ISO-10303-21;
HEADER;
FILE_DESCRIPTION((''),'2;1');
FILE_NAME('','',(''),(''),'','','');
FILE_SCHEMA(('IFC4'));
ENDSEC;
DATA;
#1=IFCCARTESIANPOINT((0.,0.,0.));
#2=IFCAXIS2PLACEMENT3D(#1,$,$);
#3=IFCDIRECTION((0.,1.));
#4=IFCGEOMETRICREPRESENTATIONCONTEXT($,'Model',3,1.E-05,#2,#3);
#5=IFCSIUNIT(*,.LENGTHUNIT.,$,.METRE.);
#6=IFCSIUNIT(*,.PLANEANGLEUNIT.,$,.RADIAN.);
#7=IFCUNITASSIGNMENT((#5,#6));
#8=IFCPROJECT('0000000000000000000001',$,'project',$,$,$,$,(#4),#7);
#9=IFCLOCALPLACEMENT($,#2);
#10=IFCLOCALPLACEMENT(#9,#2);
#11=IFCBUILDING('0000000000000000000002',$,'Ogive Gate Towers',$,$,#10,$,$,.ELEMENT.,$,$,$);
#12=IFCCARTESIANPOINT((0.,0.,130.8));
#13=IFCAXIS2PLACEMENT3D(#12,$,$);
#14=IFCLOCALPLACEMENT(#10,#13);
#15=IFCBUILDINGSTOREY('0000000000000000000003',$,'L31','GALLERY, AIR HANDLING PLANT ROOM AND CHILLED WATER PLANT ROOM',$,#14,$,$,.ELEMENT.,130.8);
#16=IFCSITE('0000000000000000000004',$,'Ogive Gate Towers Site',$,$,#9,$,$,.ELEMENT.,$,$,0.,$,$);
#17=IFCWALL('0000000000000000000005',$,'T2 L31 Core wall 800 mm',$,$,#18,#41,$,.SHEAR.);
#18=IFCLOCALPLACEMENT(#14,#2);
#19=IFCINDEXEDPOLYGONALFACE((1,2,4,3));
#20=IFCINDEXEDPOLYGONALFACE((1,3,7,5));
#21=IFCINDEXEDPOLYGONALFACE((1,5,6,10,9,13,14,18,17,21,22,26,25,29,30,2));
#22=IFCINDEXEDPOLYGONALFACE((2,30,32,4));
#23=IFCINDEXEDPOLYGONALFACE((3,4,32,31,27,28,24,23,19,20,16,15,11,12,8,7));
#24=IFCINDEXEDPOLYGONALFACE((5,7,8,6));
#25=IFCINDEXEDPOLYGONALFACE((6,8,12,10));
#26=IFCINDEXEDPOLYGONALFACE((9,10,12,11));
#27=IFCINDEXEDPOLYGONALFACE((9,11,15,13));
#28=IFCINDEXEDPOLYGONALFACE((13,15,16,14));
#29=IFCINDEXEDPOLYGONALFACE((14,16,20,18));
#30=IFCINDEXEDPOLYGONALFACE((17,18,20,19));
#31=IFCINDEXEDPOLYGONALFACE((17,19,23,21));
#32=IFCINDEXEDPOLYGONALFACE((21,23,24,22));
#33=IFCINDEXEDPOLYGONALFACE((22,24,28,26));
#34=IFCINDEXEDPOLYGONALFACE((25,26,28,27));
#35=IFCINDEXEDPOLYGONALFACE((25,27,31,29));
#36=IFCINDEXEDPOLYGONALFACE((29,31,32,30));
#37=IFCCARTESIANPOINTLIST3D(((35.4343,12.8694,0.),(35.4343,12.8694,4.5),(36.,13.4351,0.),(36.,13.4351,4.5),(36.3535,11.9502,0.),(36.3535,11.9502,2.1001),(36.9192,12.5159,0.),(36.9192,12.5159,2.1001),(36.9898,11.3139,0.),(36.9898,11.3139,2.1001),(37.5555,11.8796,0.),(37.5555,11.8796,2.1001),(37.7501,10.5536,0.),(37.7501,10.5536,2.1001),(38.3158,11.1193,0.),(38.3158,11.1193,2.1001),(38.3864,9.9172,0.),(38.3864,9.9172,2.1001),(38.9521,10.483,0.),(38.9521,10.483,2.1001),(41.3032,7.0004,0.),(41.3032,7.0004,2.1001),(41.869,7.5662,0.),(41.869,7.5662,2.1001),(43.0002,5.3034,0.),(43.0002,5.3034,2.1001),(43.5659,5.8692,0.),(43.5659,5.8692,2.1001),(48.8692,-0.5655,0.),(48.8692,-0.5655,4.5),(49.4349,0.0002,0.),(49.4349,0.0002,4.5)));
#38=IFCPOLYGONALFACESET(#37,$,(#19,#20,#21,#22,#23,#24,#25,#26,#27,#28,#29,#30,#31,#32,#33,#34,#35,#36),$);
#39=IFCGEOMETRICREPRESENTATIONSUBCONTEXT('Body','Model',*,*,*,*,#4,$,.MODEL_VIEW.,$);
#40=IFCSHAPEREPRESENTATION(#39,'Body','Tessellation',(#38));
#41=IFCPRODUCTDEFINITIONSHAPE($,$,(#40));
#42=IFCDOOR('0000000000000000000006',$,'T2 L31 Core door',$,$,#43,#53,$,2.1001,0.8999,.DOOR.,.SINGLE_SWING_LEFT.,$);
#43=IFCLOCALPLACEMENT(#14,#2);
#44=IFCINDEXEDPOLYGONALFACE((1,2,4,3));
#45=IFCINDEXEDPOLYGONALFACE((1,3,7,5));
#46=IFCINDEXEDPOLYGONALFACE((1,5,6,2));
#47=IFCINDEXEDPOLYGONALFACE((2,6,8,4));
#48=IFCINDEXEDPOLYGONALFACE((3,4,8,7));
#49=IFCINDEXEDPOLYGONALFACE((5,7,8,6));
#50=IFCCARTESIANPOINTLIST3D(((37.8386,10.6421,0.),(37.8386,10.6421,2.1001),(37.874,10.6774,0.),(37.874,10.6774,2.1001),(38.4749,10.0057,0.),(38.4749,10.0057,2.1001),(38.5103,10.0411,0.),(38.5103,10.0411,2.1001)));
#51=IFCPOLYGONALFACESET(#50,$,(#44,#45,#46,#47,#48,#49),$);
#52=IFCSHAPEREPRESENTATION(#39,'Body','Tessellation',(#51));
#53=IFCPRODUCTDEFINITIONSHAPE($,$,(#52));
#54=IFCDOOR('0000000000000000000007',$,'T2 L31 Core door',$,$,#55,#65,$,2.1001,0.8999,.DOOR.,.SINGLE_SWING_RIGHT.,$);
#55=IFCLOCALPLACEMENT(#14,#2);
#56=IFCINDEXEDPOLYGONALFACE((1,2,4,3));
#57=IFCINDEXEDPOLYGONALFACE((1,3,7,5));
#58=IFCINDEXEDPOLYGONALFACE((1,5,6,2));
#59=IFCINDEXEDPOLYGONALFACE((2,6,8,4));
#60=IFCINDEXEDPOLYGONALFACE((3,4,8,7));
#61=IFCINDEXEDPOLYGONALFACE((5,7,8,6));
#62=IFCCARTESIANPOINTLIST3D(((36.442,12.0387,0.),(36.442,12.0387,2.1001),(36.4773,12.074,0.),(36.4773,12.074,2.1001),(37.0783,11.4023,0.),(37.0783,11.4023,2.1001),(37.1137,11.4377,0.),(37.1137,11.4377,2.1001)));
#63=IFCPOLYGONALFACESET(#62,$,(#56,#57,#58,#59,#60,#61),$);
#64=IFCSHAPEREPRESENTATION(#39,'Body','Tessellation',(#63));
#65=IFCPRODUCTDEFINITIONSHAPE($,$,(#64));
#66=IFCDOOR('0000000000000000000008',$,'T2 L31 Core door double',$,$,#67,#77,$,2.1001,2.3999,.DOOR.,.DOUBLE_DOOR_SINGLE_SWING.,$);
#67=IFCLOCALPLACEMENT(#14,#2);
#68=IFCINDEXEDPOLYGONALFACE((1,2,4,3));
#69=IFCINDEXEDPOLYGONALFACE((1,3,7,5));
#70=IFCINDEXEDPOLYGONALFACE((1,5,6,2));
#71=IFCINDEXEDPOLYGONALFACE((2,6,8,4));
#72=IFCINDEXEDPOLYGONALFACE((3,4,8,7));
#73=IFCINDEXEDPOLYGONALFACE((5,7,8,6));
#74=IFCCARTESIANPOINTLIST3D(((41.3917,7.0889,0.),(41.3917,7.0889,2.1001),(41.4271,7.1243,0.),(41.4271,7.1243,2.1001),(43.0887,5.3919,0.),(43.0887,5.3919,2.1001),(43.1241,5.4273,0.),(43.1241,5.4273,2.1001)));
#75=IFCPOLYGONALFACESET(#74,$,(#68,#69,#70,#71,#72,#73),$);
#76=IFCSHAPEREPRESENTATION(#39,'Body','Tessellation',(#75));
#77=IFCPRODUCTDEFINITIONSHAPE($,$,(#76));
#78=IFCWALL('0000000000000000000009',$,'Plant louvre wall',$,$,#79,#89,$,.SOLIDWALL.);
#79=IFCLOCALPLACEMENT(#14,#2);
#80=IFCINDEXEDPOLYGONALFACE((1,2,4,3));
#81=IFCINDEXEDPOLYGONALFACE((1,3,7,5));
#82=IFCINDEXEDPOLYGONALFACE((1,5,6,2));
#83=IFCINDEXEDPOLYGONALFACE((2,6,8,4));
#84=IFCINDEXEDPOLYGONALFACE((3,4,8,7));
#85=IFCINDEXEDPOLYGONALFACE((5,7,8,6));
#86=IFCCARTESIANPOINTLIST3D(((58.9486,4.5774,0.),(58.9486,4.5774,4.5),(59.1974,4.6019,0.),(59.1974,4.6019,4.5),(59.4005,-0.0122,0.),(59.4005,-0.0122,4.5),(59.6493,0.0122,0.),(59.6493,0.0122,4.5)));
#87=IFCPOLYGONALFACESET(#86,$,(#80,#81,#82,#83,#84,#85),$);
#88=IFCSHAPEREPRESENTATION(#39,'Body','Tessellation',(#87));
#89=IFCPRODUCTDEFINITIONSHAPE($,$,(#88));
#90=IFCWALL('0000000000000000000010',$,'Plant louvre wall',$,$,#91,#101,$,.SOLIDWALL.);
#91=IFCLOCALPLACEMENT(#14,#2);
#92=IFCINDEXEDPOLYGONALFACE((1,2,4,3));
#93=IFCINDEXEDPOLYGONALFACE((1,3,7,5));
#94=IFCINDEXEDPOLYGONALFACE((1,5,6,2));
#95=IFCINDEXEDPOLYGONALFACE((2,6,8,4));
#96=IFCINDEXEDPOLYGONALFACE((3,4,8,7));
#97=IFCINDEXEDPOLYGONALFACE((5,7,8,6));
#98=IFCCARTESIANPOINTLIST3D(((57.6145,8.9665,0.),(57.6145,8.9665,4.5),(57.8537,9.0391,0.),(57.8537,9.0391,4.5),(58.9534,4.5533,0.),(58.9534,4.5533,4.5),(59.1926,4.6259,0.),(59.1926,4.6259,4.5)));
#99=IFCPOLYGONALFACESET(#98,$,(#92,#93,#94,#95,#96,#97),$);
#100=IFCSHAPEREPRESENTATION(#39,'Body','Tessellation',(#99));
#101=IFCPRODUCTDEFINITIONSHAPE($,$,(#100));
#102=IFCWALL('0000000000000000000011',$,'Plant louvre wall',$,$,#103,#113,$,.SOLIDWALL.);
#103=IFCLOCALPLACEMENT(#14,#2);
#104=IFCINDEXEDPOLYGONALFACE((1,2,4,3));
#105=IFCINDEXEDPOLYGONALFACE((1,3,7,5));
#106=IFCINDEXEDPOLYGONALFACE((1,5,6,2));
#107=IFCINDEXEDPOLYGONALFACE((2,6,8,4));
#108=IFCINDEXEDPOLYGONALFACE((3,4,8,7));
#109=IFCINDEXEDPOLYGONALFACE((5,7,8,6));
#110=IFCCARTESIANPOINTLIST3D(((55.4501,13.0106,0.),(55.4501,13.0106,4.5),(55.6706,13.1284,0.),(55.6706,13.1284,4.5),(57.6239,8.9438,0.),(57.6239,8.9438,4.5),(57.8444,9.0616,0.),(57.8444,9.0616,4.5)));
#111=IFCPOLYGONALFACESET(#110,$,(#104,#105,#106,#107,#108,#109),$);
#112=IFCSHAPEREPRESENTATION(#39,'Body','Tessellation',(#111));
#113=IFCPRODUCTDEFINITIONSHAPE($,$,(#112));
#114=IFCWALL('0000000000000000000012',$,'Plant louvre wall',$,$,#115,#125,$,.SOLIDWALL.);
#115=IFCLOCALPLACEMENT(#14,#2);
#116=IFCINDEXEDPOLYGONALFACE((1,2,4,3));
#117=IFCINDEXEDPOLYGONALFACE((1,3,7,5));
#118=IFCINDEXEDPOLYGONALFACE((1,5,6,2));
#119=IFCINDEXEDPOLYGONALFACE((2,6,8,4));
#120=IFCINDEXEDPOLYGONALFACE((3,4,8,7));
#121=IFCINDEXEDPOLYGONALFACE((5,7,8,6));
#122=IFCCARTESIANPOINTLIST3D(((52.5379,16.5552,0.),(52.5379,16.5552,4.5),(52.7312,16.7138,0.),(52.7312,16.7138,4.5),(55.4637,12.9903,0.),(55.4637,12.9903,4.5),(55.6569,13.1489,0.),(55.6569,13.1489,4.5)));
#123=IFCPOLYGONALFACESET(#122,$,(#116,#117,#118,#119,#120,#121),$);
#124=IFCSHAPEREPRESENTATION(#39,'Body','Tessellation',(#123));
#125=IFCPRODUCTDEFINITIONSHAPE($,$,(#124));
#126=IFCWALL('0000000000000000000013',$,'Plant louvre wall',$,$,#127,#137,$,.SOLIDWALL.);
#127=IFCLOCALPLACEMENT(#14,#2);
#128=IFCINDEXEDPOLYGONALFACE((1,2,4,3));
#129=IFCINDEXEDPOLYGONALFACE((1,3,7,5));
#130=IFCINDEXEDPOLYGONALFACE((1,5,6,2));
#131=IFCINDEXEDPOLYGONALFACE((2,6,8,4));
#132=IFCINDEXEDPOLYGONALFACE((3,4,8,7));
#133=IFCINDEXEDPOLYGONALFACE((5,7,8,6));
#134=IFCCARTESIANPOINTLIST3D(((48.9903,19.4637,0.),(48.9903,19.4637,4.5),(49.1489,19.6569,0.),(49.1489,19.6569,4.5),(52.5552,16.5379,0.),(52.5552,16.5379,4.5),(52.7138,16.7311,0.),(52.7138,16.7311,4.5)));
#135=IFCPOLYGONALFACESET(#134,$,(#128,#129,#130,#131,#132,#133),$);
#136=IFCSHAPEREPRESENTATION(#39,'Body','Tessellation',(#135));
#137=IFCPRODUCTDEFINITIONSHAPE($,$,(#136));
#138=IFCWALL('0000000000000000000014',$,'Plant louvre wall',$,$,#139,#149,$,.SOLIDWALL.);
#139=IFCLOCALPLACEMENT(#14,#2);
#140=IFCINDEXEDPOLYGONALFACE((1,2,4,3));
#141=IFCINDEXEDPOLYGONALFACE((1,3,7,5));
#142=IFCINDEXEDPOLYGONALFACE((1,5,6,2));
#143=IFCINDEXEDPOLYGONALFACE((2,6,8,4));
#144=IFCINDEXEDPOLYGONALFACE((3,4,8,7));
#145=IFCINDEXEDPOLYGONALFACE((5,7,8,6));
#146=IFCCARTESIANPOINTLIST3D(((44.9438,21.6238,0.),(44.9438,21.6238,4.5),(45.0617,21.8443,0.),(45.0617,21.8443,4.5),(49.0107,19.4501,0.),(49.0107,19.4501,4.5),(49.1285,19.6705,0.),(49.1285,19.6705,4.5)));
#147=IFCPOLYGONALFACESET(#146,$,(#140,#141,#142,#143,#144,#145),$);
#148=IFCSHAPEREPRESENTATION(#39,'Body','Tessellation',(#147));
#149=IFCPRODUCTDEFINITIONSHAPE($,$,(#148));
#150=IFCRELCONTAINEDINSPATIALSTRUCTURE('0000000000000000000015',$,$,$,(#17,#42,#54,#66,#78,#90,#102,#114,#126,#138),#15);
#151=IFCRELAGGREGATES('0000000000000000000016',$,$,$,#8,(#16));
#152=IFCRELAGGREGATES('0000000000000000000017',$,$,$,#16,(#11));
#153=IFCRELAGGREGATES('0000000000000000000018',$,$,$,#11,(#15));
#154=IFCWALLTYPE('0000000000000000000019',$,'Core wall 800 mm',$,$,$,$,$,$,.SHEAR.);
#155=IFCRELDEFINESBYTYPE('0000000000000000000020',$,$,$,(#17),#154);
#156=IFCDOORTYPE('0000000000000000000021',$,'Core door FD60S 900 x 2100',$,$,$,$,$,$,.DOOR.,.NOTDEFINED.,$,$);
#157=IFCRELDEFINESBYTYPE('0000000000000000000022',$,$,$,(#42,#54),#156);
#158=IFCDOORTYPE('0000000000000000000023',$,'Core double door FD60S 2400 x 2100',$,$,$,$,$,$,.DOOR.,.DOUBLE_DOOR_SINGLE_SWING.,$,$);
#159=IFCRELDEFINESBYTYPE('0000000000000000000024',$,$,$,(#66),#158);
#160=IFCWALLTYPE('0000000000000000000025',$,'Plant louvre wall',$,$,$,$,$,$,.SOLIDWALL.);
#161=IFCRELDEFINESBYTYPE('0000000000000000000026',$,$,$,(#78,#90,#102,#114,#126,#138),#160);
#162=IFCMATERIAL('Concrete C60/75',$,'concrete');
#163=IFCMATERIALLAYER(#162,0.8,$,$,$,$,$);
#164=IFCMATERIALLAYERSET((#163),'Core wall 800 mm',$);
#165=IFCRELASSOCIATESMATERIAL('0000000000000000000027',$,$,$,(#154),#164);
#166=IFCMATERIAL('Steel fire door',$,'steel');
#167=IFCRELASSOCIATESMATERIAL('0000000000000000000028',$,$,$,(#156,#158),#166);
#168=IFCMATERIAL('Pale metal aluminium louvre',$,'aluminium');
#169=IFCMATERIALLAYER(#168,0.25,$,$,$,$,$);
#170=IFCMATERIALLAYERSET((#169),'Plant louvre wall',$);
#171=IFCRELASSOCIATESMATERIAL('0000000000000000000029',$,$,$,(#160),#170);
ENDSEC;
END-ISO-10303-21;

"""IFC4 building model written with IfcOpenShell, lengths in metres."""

from ifc_helpers import new_model, si_unit, direction, frame, frame_2d, origin, place, context, subcontext, project, spatial, rectangle, extrude, material, layer, layer_set, type_object, element, fill, save


model = new_model("IFC4")

# Units and contexts
model_context = context("Model", 3, precision=1e-05, world=origin(), true_north=direction((0.0, 1.0)))
body_context = subcontext(model_context, "Body", "Model", "MODEL_VIEW")
ifc_project = project(units=[si_unit("LENGTHUNIT", "METRE"), si_unit("PLANEANGLEUNIT", "RADIAN")], contexts=[model_context])

# Site, building, storey
site_placement = place(None, origin())
site = spatial("IfcSite", under=ifc_project, at=site_placement, Name="Ogive Gate Towers Site", CompositionType="ELEMENT", RefElevation=0.0)
building_placement = place(site_placement, origin())
building = spatial("IfcBuilding", under=site, at=building_placement, Name="Ogive Gate Towers", CompositionType="ELEMENT")
storey_placement = place(building_placement, frame((0.0, 0.0, 130.8)))
storey = spatial("IfcBuildingStorey", under=building, at=storey_placement, Name="L31", Description="GALLERY, AIR HANDLING PLANT ROOM AND CHILLED WATER PLANT ROOM", CompositionType="ELEMENT", Elevation=130.8)

# Shared definitions
ifc_material_1 = material(Name="Steel fire door", Category="steel")

# Wall, openings, doors
ifc_material_2 = material(Name="Concrete C60/75", Category="concrete")
ifc_layer_1 = layer(ifc_material_2, 0.8)
ifc_layer_set_1 = layer_set([ifc_layer_1], Name="Core wall 800 mm")
wall_type_1 = type_object("IfcWallType", Name="Core wall 800 mm", PredefinedType="SHEAR", material=ifc_layer_set_1)
wall_1_placement = place(storey_placement, frame((49.1521, -0.2827, 0.0), z_axis=(0.0, 0.0, 1.0), x_axis=(-0.707107, 0.707107, 0.0)))
wall_1 = element("IfcWall", 1, at=wall_1_placement, inside=storey, type_object=wall_type_1, Name="T2 L31 Core wall 800 mm", PredefinedType="SHEAR", context=body_context, shape_type="SweptSolid", body=[
    extrude(rectangle(XDim=18.9998, YDim=0.8, at=frame_2d((9.5, 0.0))), origin(), (0.0, 0.0, 1.0), 4.5),
])
opening_1_placement = place(wall_1_placement, frame((8.3, 0.0, 0.0)))
opening_1 = element("IfcOpeningElement", 2, at=opening_1_placement, cuts=wall_1, PredefinedType="OPENING", context=body_context, shape_type="SweptSolid", body=[
    extrude(rectangle(XDim=2.3999, YDim=2.1001, at=frame_2d((1.2, 1.05))), frame((0.0, 0.4102, 0.0), z_axis=(0.0, -1.0, 0.0), x_axis=(1.0, 0.0, 0.0)), (0.0, 0.0, 1.0), 0.8201),
])
opening_2_placement = place(wall_1_placement, frame((14.825, 0.0, 0.0)))
opening_2 = element("IfcOpeningElement", 3, at=opening_2_placement, cuts=wall_1, PredefinedType="OPENING", context=body_context, shape_type="SweptSolid", body=[
    extrude(rectangle(XDim=0.8999, YDim=2.1001, at=frame_2d((0.45, 1.05))), frame((0.0, 0.4102, 0.0), z_axis=(0.0, -1.0, 0.0), x_axis=(1.0, 0.0, 0.0)), (0.0, 0.0, 1.0), 0.8201),
])
opening_3_placement = place(wall_1_placement, frame((16.8, 0.0, 0.0)))
opening_3 = element("IfcOpeningElement", 4, at=opening_3_placement, cuts=wall_1, PredefinedType="OPENING", context=body_context, shape_type="SweptSolid", body=[
    extrude(rectangle(XDim=0.8999, YDim=2.1001, at=frame_2d((0.45, 1.05))), frame((0.0, 0.4102, 0.0), z_axis=(0.0, -1.0, 0.0), x_axis=(1.0, 0.0, 0.0)), (0.0, 0.0, 1.0), 0.8201),
])
door_type_1 = type_object("IfcDoorType", Name="Core door FD60S 900 x 2100", OperationType="NOTDEFINED", PredefinedType="DOOR", material=ifc_material_1)
door_1_placement = place(opening_2_placement, origin())
door_1 = element("IfcDoor", 5, at=door_1_placement, inside=storey, type_object=door_type_1, Name="T2 L31 Core door", OperationType="SINGLE_SWING_LEFT", OverallHeight=2.1001, OverallWidth=0.8999, PredefinedType="DOOR", context=body_context, shape_type="SweptSolid", body=[
    extrude(rectangle(XDim=0.8999, YDim=2.1001, at=frame_2d((0.45, 1.05))), frame((0.0, 0.2749, 0.0), z_axis=(0.0, -1.0, 0.0), x_axis=(1.0, 0.0, 0.0)), (0.0, 0.0, 1.0), 0.05),
])
fill(opening_2, door_1)
door_2_placement = place(opening_3_placement, origin())
door_2 = element("IfcDoor", 6, at=door_2_placement, inside=storey, type_object=door_type_1, Name="T2 L31 Core door", OperationType="SINGLE_SWING_RIGHT", OverallHeight=2.1001, OverallWidth=0.8999, PredefinedType="DOOR", context=body_context, shape_type="SweptSolid", body=[
    extrude(rectangle(XDim=0.8999, YDim=2.1001, at=frame_2d((0.45, 1.05))), frame((0.0, 0.2749, 0.0), z_axis=(0.0, -1.0, 0.0), x_axis=(1.0, 0.0, 0.0)), (0.0, 0.0, 1.0), 0.05),
])
fill(opening_3, door_2)
door_type_2 = type_object("IfcDoorType", Name="Core double door FD60S 2400 x 2100", OperationType="DOUBLE_DOOR_SINGLE_SWING", PredefinedType="DOOR", material=ifc_material_1)
door_3_placement = place(opening_1_placement, origin())
door_3 = element("IfcDoor", 7, at=door_3_placement, inside=storey, type_object=door_type_2, Name="T2 L31 Core door double", OperationType="DOUBLE_DOOR_SINGLE_SWING", OverallHeight=2.1001, OverallWidth=2.3999, PredefinedType="DOOR", context=body_context, shape_type="SweptSolid", body=[
    extrude(rectangle(XDim=2.3999, YDim=2.1001, at=frame_2d((1.2, 1.05))), frame((0.0, 0.2749, 0.0), z_axis=(0.0, -1.0, 0.0), x_axis=(1.0, 0.0, 0.0)), (0.0, 0.0, 1.0), 0.05),
])
fill(opening_1, door_3)

# Walls
ifc_material_3 = material(Name="Pale metal aluminium louvre", Category="aluminium")
ifc_layer_2 = layer(ifc_material_3, 0.25)
ifc_layer_set_2 = layer_set([ifc_layer_2], Name="Plant louvre wall")
wall_type_2 = type_object("IfcWallType", Name="Plant louvre wall", PredefinedType="SOLIDWALL", material=ifc_layer_set_2)
for number, where, z_axis, x_axis, name in (
    (8, (59.5249, 0.0, 0.0), (0.0, 0.0, 1.0), (-0.097989, 0.995188, 0.0), "Plant louvre wall"),
    (9, (59.073, 4.5896, 0.0), (0.0, 0.0, 1.0), (-0.290319, 0.95693, 0.0), "Plant louvre wall"),
):
    element("IfcWall", number, at=place(storey_placement, frame(where, z_axis=z_axis, x_axis=x_axis)), inside=storey, type_object=wall_type_2, Name=name, PredefinedType="SOLIDWALL", context=body_context, shape_type="SweptSolid", body=[
        extrude(rectangle(XDim=4.6118, YDim=0.25, at=frame_2d((2.3059, 0.0))), origin(), (0.0, 0.0, 1.0), 4.5),
    ])
wall_2_placement = place(storey_placement, frame((57.7341, 9.0027, 0.0), z_axis=(0.0, 0.0, 1.0), x_axis=(-0.471401, 0.881919, 0.0)))
element("IfcWall", 10, at=wall_2_placement, inside=storey, type_object=wall_type_2, Name="Plant louvre wall", PredefinedType="SOLIDWALL", context=body_context, shape_type="SweptSolid", body=[
    extrude(rectangle(XDim=4.6113, YDim=0.25, at=frame_2d((2.3057, 0.0))), origin(), (0.0, 0.0, 1.0), 4.5),
])
for number, where, z_axis, x_axis, name in (
    (11, (55.5603, 13.0696, 0.0), (0.0, 0.0, 1.0), (-0.634407, 0.772999, 0.0), "Plant louvre wall"),
    (12, (52.6345, 16.6345, 0.0), (0.0, 0.0, 1.0), (-0.772999, 0.634407, 0.0), "Plant louvre wall"),
):
    element("IfcWall", number, at=place(storey_placement, frame(where, z_axis=z_axis, x_axis=x_axis)), inside=storey, type_object=wall_type_2, Name=name, PredefinedType="SOLIDWALL", context=body_context, shape_type="SweptSolid", body=[
        extrude(rectangle(XDim=4.6118, YDim=0.25, at=frame_2d((2.3059, 0.0))), origin(), (0.0, 0.0, 1.0), 4.5),
    ])
wall_3_placement = place(storey_placement, frame((49.0696, 19.5603, 0.0), z_axis=(0.0, 0.0, 1.0), x_axis=(-0.881919, 0.471401, 0.0)))
element("IfcWall", 13, at=wall_3_placement, inside=storey, type_object=wall_type_2, Name="Plant louvre wall", PredefinedType="SOLIDWALL", context=body_context, shape_type="SweptSolid", body=[
    extrude(rectangle(XDim=4.6113, YDim=0.25, at=frame_2d((2.3057, 0.0))), origin(), (0.0, 0.0, 1.0), 4.5),
])

save(model, "model.ifc")
